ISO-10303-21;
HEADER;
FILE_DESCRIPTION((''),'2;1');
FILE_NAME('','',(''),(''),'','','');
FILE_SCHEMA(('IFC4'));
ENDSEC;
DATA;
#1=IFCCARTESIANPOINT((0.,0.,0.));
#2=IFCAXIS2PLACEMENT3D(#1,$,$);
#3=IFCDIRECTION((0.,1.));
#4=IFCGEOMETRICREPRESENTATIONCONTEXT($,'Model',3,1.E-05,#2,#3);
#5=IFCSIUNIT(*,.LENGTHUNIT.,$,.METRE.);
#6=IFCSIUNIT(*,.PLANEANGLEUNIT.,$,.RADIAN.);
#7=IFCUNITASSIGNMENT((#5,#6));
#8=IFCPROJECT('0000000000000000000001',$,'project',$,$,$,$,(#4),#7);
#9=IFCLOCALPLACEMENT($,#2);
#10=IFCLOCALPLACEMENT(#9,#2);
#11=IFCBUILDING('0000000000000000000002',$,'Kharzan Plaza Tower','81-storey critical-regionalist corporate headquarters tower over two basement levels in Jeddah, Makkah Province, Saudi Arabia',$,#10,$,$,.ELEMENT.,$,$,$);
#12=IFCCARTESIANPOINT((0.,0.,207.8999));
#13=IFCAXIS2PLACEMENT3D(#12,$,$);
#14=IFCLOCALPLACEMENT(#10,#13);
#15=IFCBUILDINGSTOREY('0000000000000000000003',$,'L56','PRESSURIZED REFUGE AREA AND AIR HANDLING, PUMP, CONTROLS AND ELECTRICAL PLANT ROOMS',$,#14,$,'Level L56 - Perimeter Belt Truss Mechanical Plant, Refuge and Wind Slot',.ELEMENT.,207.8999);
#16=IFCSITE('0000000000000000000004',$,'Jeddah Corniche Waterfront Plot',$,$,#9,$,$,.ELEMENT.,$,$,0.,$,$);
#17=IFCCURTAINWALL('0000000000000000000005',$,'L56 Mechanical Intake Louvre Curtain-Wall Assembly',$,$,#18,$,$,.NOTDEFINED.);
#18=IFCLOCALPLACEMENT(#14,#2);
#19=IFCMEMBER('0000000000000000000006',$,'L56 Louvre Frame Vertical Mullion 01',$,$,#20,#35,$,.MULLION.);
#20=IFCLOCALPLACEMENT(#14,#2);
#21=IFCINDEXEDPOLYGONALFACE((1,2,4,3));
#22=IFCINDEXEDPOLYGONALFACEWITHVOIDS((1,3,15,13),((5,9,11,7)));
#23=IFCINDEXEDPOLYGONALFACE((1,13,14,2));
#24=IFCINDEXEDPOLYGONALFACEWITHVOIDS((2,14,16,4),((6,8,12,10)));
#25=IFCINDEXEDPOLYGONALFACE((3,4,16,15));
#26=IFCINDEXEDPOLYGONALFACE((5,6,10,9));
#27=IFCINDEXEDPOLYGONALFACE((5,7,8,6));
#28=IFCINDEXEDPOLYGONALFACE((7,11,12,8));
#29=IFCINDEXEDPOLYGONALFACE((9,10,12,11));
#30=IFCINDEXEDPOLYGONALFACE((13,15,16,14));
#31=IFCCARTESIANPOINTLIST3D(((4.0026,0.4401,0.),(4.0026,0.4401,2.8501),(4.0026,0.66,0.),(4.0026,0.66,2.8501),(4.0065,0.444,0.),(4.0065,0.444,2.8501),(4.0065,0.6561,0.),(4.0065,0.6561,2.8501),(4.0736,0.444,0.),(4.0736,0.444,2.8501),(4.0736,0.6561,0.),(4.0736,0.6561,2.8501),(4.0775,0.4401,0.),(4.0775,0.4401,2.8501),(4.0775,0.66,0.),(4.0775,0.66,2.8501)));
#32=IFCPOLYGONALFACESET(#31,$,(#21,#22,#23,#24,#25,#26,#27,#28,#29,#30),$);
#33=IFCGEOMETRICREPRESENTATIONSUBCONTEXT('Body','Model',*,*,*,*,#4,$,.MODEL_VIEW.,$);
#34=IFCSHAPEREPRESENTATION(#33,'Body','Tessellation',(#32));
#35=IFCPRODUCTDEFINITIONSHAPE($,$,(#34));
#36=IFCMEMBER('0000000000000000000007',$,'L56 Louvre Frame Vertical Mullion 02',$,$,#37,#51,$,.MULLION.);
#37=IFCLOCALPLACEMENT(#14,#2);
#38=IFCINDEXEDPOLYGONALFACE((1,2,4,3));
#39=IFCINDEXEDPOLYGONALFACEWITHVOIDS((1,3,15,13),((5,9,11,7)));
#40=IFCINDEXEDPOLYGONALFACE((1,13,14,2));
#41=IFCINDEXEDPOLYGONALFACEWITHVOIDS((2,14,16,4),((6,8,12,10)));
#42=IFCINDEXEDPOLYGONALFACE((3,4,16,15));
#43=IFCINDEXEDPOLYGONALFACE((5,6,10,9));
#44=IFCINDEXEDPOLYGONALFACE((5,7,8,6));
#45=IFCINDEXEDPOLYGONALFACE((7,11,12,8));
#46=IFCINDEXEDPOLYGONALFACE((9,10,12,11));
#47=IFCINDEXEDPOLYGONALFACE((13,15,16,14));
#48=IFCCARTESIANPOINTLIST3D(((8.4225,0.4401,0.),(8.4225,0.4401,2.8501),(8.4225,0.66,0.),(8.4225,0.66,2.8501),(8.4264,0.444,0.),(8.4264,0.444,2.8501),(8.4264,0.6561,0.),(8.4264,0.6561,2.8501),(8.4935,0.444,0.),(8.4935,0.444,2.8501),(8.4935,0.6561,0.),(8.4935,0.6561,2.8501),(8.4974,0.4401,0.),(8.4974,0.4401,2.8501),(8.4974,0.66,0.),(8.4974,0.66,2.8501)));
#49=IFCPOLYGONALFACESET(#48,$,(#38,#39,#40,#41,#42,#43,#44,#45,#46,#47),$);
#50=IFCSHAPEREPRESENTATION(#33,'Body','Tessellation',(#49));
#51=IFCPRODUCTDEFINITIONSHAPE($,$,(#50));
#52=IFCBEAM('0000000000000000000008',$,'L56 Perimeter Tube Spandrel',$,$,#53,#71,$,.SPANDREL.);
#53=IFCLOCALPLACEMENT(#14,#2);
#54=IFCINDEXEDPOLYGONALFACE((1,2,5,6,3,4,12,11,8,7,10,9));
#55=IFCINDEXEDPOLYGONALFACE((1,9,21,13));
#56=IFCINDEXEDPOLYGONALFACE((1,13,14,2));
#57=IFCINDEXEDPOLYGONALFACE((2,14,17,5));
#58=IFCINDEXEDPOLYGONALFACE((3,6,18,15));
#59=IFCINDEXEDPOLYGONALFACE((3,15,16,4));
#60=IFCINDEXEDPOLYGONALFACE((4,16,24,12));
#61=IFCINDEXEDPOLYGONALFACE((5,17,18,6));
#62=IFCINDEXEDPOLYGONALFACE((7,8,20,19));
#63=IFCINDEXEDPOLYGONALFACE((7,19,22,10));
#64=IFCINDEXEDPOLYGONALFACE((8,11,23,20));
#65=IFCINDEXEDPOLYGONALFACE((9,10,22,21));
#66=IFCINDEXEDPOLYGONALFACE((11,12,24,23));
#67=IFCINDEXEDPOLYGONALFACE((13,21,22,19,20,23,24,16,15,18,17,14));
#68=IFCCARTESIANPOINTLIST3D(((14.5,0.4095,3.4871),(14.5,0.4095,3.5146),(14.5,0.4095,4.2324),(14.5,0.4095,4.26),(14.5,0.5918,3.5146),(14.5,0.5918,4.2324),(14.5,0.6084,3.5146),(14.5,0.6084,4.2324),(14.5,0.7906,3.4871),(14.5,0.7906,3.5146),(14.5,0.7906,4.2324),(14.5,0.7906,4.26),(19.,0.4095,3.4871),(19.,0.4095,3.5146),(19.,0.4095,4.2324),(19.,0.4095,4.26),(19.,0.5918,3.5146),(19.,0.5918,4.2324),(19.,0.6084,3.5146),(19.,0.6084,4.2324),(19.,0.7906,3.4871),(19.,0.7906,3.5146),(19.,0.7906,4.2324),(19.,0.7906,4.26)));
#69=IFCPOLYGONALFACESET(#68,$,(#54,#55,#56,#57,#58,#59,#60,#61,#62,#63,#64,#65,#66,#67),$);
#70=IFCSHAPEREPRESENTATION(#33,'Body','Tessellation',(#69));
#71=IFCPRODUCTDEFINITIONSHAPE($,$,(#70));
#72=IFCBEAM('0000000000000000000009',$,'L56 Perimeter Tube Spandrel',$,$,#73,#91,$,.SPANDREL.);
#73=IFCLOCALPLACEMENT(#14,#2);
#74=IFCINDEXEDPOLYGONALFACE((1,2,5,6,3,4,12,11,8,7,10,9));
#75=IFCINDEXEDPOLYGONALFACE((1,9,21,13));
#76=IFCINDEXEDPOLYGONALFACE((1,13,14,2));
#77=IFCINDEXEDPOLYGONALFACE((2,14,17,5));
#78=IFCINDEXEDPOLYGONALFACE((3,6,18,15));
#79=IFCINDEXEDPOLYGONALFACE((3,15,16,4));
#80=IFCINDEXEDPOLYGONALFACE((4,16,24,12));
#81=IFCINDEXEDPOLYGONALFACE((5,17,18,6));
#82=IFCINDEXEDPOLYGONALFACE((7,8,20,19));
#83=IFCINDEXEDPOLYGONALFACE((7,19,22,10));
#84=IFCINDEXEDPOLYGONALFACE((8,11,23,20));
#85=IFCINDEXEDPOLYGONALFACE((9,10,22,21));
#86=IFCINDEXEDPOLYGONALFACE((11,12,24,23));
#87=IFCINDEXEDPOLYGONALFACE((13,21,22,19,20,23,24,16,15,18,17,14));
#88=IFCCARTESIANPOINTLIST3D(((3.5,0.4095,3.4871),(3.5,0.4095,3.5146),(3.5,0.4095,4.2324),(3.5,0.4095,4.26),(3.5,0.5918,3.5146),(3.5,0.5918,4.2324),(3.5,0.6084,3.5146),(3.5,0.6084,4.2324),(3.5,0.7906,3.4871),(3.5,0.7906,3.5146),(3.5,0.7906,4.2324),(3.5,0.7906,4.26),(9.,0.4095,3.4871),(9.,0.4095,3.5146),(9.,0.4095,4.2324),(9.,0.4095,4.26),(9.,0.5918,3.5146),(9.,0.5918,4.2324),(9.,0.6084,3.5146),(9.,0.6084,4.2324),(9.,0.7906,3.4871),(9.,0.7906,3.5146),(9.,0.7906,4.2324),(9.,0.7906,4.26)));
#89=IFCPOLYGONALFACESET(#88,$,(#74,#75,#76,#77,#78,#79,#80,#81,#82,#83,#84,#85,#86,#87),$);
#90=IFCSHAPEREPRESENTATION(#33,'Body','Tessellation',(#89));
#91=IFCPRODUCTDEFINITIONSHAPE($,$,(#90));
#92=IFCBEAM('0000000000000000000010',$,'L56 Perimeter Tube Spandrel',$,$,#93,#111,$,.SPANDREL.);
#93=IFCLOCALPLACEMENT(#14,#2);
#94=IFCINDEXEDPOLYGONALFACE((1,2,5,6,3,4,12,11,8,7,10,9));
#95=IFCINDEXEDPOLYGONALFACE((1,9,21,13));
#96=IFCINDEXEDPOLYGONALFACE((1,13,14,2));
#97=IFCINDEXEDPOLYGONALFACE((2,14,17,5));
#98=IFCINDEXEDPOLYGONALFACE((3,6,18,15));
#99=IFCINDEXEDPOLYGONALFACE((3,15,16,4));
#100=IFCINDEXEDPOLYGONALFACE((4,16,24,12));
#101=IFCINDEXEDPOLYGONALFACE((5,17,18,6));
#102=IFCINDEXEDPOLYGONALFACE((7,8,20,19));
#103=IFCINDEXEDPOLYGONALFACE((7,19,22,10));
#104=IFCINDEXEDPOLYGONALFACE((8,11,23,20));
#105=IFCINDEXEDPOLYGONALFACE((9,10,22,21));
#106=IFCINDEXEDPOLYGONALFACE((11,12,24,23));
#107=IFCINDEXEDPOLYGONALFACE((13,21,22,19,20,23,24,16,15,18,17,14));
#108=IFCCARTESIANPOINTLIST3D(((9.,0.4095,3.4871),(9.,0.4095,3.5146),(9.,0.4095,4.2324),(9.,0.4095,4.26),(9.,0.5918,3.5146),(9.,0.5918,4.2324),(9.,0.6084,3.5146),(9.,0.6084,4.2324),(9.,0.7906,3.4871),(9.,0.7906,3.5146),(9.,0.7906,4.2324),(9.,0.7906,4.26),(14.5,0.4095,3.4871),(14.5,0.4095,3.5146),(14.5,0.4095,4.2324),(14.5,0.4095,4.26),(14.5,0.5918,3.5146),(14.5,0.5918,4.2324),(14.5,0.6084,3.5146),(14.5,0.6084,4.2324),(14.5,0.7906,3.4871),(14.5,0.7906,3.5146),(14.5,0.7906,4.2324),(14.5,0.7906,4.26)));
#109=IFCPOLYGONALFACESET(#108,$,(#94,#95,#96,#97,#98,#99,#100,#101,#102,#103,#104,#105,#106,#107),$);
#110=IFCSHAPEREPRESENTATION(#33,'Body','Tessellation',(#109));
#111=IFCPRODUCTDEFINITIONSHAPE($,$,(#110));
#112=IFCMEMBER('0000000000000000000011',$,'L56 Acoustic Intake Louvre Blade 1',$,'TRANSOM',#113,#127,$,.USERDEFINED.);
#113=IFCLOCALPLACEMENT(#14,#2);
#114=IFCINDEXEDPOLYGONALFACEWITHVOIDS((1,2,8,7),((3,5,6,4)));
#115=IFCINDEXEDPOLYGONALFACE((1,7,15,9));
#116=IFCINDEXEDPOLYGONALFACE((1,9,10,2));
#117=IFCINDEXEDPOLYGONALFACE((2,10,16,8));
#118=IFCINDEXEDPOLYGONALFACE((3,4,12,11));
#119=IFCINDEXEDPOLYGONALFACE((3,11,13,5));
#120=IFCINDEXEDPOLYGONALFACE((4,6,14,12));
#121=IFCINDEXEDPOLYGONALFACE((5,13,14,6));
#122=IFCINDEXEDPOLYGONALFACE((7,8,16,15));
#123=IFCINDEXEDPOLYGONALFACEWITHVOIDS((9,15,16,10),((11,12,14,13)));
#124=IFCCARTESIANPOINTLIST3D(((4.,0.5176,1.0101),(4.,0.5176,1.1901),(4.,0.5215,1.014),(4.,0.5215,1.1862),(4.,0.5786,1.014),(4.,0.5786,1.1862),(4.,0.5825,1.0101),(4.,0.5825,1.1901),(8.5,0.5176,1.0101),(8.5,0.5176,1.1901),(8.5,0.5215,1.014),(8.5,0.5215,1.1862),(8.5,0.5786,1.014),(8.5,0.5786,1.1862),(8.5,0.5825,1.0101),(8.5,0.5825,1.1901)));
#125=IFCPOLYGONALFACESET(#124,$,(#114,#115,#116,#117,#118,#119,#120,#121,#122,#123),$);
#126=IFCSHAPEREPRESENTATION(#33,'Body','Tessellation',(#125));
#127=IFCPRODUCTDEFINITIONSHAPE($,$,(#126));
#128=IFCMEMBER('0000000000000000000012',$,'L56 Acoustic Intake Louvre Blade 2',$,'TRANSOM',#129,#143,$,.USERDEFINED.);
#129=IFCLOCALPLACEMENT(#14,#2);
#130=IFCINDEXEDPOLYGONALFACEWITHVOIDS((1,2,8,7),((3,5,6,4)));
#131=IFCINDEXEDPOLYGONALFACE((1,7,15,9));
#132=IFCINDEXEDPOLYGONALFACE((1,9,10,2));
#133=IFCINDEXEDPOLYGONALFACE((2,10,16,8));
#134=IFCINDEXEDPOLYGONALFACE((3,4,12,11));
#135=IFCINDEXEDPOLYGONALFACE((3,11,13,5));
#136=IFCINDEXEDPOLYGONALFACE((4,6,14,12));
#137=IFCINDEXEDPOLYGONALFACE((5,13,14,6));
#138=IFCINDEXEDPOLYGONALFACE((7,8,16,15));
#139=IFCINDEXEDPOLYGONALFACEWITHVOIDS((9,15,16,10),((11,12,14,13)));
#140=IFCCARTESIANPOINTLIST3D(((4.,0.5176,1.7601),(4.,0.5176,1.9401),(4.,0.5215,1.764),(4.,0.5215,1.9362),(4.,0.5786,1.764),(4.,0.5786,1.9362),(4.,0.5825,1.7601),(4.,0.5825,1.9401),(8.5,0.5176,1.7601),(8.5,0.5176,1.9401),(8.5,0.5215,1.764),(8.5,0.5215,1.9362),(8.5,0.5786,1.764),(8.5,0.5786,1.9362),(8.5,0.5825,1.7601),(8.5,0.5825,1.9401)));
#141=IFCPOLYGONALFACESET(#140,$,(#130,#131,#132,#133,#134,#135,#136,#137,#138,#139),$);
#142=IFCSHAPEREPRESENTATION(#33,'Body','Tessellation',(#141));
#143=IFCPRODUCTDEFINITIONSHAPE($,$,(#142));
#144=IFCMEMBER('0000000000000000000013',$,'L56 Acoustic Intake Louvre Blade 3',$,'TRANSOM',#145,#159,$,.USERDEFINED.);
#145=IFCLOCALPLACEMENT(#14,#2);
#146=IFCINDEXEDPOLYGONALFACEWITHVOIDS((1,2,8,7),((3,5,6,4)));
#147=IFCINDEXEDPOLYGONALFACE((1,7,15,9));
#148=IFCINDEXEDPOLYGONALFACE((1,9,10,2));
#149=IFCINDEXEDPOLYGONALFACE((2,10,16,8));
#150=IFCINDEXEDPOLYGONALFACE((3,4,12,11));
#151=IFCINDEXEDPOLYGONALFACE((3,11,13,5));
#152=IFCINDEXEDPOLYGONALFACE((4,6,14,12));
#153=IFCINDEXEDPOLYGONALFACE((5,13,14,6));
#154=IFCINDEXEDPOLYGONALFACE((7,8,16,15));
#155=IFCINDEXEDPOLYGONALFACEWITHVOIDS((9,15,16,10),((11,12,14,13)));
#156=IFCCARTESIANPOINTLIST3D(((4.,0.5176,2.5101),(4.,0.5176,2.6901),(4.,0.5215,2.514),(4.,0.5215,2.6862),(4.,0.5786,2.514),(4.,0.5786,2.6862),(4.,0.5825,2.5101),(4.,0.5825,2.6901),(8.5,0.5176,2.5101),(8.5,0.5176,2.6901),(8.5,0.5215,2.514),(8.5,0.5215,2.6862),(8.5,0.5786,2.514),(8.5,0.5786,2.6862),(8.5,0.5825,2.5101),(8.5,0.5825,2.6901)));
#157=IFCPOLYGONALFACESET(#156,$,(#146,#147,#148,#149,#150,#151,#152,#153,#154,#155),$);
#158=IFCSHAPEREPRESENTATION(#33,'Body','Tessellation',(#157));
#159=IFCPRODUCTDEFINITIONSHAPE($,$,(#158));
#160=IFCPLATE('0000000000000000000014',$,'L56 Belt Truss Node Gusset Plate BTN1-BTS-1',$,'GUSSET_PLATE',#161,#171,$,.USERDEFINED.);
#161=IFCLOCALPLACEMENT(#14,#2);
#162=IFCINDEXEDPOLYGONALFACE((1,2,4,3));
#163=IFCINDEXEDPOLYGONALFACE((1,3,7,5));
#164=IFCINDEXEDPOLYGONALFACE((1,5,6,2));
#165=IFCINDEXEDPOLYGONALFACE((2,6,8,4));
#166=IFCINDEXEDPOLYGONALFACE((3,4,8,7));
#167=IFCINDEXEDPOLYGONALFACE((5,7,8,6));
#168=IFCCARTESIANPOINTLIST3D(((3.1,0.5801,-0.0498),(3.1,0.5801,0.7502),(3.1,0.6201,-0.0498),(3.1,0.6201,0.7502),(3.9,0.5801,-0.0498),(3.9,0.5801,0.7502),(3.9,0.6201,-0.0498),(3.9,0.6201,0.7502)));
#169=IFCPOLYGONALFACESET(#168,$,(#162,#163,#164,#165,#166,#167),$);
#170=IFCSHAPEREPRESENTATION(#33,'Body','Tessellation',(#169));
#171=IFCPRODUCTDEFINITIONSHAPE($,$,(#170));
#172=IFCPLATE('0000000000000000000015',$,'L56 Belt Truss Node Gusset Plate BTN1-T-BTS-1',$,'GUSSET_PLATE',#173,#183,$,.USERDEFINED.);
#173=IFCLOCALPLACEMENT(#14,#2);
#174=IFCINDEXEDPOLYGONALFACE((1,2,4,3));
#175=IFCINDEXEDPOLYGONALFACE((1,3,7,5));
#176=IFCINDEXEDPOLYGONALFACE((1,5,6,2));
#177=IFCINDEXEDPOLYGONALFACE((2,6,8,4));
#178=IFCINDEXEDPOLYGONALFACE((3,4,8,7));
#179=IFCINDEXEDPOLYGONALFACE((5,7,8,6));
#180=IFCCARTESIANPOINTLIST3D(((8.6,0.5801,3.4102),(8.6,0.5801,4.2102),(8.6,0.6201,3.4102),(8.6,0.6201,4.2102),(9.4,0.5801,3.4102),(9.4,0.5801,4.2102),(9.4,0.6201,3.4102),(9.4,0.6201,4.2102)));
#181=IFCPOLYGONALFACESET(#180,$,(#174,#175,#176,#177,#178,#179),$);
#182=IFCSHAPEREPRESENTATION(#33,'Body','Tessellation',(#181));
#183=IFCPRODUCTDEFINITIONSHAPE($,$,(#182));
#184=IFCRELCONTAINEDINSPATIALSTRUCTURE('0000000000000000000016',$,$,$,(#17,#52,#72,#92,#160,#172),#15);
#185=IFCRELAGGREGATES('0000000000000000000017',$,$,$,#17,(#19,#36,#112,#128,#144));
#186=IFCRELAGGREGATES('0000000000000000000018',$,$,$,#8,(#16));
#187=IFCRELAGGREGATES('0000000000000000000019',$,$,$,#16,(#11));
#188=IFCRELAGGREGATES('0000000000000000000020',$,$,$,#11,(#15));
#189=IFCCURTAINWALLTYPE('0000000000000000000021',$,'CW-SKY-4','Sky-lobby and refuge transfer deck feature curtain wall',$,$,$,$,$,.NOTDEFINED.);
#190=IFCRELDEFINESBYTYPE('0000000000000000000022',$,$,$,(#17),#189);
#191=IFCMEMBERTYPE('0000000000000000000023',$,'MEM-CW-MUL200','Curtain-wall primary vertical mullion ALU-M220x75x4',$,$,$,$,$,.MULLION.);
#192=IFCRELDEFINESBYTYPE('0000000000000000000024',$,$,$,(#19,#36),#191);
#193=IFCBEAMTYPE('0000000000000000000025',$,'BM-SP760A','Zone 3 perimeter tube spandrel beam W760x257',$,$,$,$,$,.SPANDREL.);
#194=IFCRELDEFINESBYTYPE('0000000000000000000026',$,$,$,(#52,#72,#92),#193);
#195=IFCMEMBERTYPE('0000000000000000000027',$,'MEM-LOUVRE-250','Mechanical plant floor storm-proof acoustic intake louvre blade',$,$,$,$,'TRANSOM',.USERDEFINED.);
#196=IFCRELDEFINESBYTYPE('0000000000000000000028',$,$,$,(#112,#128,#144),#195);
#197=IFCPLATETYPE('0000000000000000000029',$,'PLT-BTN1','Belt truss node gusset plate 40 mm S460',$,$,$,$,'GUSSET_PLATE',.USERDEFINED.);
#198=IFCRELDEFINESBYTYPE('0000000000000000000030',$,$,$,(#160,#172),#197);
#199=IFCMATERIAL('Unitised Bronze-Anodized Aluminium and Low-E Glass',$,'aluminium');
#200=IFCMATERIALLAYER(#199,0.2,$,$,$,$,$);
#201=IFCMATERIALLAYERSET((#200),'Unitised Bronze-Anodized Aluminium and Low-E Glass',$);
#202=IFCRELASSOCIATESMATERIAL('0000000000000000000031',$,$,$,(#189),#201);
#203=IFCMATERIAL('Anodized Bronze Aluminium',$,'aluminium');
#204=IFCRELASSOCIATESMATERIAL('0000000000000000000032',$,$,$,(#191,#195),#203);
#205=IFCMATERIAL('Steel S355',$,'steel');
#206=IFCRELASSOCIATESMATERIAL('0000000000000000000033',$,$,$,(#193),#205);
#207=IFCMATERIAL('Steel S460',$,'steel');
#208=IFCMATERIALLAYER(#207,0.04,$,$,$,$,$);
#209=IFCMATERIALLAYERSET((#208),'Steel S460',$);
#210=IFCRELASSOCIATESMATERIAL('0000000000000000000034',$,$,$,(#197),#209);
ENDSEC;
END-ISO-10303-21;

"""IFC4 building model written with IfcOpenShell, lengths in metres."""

from ifc_helpers import new_model, si_unit, direction, frame, origin, origin_2d, place, context, subcontext, project, spatial, rectangle, hollow_rectangle, i_section, extrude, source, transform, mapped, material, layer, layer_set, material_profile, profile_set, type_object, element, aggregate, save


model = new_model("IFC4")

# Units and contexts
model_context = context("Model", 3, precision=1e-05, world=origin(), true_north=direction((0.0, 1.0)))
body_context = subcontext(model_context, "Body", "Model", "MODEL_VIEW")
ifc_project = project(units=[si_unit("LENGTHUNIT", "METRE"), si_unit("PLANEANGLEUNIT", "RADIAN")], contexts=[model_context])

# Site, building, storey
site_placement = place(None, origin())
site = spatial("IfcSite", under=ifc_project, at=site_placement, Name="Jeddah Corniche Waterfront Plot", CompositionType="ELEMENT", RefElevation=0.0)
building_placement = place(site_placement, origin())
building = spatial("IfcBuilding", under=site, at=building_placement, Name="Kharzan Plaza Tower", Description="81-storey critical-regionalist corporate headquarters tower over two basement levels in Jeddah, Makkah Province, Saudi Arabia", CompositionType="ELEMENT")
storey_placement = place(building_placement, frame((0.0, 0.0, 207.8999)))
storey = spatial("IfcBuildingStorey", under=building, at=storey_placement, Name="L56", Description="PRESSURIZED REFUGE AREA AND AIR HANDLING, PUMP, CONTROLS AND ELECTRICAL PLANT ROOMS", LongName="Level L56 - Perimeter Belt Truss Mechanical Plant, Refuge and Wind Slot", CompositionType="ELEMENT", Elevation=207.8999)

# Shared definitions
ifc_material_1 = material(Name="Steel S355", Category="steel")

# Curtain wall, members
ifc_material_2 = material(Name="Unitised Bronze-Anodized Aluminium and Low-E Glass", Category="aluminium")
ifc_layer_1 = layer(ifc_material_2, 0.2)
ifc_layer_set_1 = layer_set([ifc_layer_1], Name="Unitised Bronze-Anodized Aluminium and Low-E Glass")
curtain_wall_type = type_object("IfcCurtainWallType", Name="CW-SKY-4", Description="Sky-lobby and refuge transfer deck feature curtain wall", PredefinedType="NOTDEFINED", material=ifc_layer_set_1)
curtain_wall_placement = place(storey_placement, origin())
curtain_wall = element("IfcCurtainWall", 1, at=curtain_wall_placement, inside=storey, type_object=curtain_wall_type, Name="L56 Mechanical Intake Louvre Curtain-Wall Assembly", PredefinedType="NOTDEFINED")
ifc_material_3 = material(Name="Anodized Bronze Aluminium", Category="aluminium")
ifc_material_profile_1 = material_profile(ifc_material_3, hollow_rectangle(XDim=0.075, YDim=0.22, WallThickness=0.0039, at=origin_2d()), Name="ALU-M220x75x4")
ifc_profile_set_1 = profile_set([ifc_material_profile_1], Name="Anodized Bronze Aluminium")
member_type_1 = type_object("IfcMemberType", Name="MEM-CW-MUL200", Description="Curtain-wall primary vertical mullion ALU-M220x75x4", PredefinedType="MULLION", material=ifc_profile_set_1)
shared_shape_1 = source(origin(), body_context, "Body", "SweptSolid", [
    extrude(hollow_rectangle(XDim=0.075, YDim=0.22, WallThickness=0.0039, at=origin_2d()), origin(), (0.0, 0.0, 1.0), 2.8501),
])
member_1_placement = place(storey_placement, frame((4.04, 0.55, 0.0), z_axis=(0.0, 0.0, 1.0), x_axis=(1.0, 0.0, 0.0)))
member_1 = element("IfcMember", 2, at=member_1_placement, type_object=member_type_1, Name="L56 Louvre Frame Vertical Mullion 01", PredefinedType="MULLION", context=body_context, shape_type="MappedRepresentation", body=[
    mapped(shared_shape_1, transform((0.0, 0.0, 0.0), x_axis=(1.0, 0.0, 0.0), y_axis=(0.0, 1.0, 0.0), z_axis=(0.0, 0.0, 1.0))),
])
member_2_placement = place(storey_placement, frame((8.46, 0.55, 0.0), z_axis=(0.0, 0.0, 1.0), x_axis=(1.0, 0.0, 0.0)))
member_2 = element("IfcMember", 3, at=member_2_placement, type_object=member_type_1, Name="L56 Louvre Frame Vertical Mullion 02", PredefinedType="MULLION", context=body_context, shape_type="MappedRepresentation", body=[
    mapped(shared_shape_1, transform((0.0, 0.0, 0.0), x_axis=(1.0, 0.0, 0.0), y_axis=(0.0, 1.0, 0.0), z_axis=(0.0, 0.0, 1.0))),
])

# Beams
ifc_material_profile_2 = material_profile(ifc_material_1, i_section(OverallWidth=0.3811, OverallDepth=0.7729, WebThickness=0.0166, FlangeThickness=0.0276, at=origin_2d()), Name="W760x257")
ifc_profile_set_2 = profile_set([ifc_material_profile_2], Name="Steel S355")
beam_type = type_object("IfcBeamType", Name="BM-SP760A", Description="Zone 3 perimeter tube spandrel beam W760x257", PredefinedType="SPANDREL", material=ifc_profile_set_2)
shared_shape_2 = source(origin(), body_context, "Body", "SweptSolid", [
    extrude(i_section(OverallWidth=0.3811, OverallDepth=0.7729, WebThickness=0.0166, FlangeThickness=0.0276, at=origin_2d()), origin(), (0.0, 0.0, 1.0), 4.5),
])
beam_placement = place(storey_placement, frame((14.5, 0.6001, 3.8735), z_axis=(1.0, 0.0, 0.0), x_axis=(0.0, 1.0, 0.0)))
element("IfcBeam", 4, at=beam_placement, inside=storey, type_object=beam_type, Name="L56 Perimeter Tube Spandrel", PredefinedType="SPANDREL", context=body_context, shape_type="MappedRepresentation", body=[
    mapped(shared_shape_2, transform((0.0, 0.0, 0.0), x_axis=(1.0, 0.0, 0.0), y_axis=(0.0, 1.0, 0.0), z_axis=(0.0, 0.0, 1.0))),
])
shared_shape_3 = source(origin(), body_context, "Body", "SweptSolid", [
    extrude(i_section(OverallWidth=0.3811, OverallDepth=0.7729, WebThickness=0.0166, FlangeThickness=0.0276, at=origin_2d()), origin(), (0.0, 0.0, 1.0), 5.5),
])
for number, where, z_axis, x_axis, name in (
    (5, (3.5, 0.6001, 3.8735), (1.0, 0.0, 0.0), (0.0, 1.0, 0.0), "L56 Perimeter Tube Spandrel"),
    (6, (9.0, 0.6001, 3.8735), (1.0, 0.0, 0.0), (0.0, 1.0, 0.0), "L56 Perimeter Tube Spandrel"),
):
    element("IfcBeam", number, at=place(storey_placement, frame(where, z_axis=z_axis, x_axis=x_axis)), inside=storey, type_object=beam_type, Name=name, PredefinedType="SPANDREL", context=body_context, shape_type="MappedRepresentation", body=[
        mapped(shared_shape_3, transform((0.0, 0.0, 0.0), x_axis=(1.0, 0.0, 0.0), y_axis=(0.0, 1.0, 0.0), z_axis=(0.0, 0.0, 1.0))),
    ])

# Members
ifc_material_profile_3 = material_profile(ifc_material_3, hollow_rectangle(XDim=0.0649, YDim=0.1799, WallThickness=0.0039, at=origin_2d()), Name="ALU-M180x65x4")
ifc_profile_set_3 = profile_set([ifc_material_profile_3], Name="Anodized Bronze Aluminium")
member_type_2 = type_object("IfcMemberType", Name="MEM-LOUVRE-250", Description="Mechanical plant floor storm-proof acoustic intake louvre blade", ElementType="TRANSOM", PredefinedType="USERDEFINED", material=ifc_profile_set_3)
shared_shape_4 = source(origin(), body_context, "Body", "SweptSolid", [
    extrude(hollow_rectangle(XDim=0.0649, YDim=0.1799, WallThickness=0.0039, at=origin_2d()), origin(), (0.0, 0.0, 1.0), 4.5),
])
member_3_placement = place(storey_placement, frame((4.0, 0.55, 1.1001), z_axis=(1.0, 0.0, 0.0), x_axis=(0.0, 1.0, 0.0)))
member_3 = element("IfcMember", 7, at=member_3_placement, type_object=member_type_2, Name="L56 Acoustic Intake Louvre Blade 1", ObjectType="TRANSOM", PredefinedType="USERDEFINED", context=body_context, shape_type="MappedRepresentation", body=[
    mapped(shared_shape_4, transform((0.0, 0.0, 0.0), x_axis=(1.0, 0.0, 0.0), y_axis=(0.0, 1.0, 0.0), z_axis=(0.0, 0.0, 1.0))),
])
member_4_placement = place(storey_placement, frame((4.0, 0.55, 1.8501), z_axis=(1.0, 0.0, 0.0), x_axis=(0.0, 1.0, 0.0)))
member_4 = element("IfcMember", 8, at=member_4_placement, type_object=member_type_2, Name="L56 Acoustic Intake Louvre Blade 2", ObjectType="TRANSOM", PredefinedType="USERDEFINED", context=body_context, shape_type="MappedRepresentation", body=[
    mapped(shared_shape_4, transform((0.0, 0.0, 0.0), x_axis=(1.0, 0.0, 0.0), y_axis=(0.0, 1.0, 0.0), z_axis=(0.0, 0.0, 1.0))),
])
member_5_placement = place(storey_placement, frame((4.0, 0.55, 2.6001), z_axis=(1.0, 0.0, 0.0), x_axis=(0.0, 1.0, 0.0)))
member_5 = element("IfcMember", 9, at=member_5_placement, type_object=member_type_2, Name="L56 Acoustic Intake Louvre Blade 3", ObjectType="TRANSOM", PredefinedType="USERDEFINED", context=body_context, shape_type="MappedRepresentation", body=[
    mapped(shared_shape_4, transform((0.0, 0.0, 0.0), x_axis=(1.0, 0.0, 0.0), y_axis=(0.0, 1.0, 0.0), z_axis=(0.0, 0.0, 1.0))),
])
aggregate(curtain_wall, [member_1, member_2, member_3, member_4, member_5])

# Plates
ifc_material_4 = material(Name="Steel S460", Category="steel")
ifc_layer_2 = layer(ifc_material_4, 0.04)
ifc_layer_set_2 = layer_set([ifc_layer_2], Name="Steel S460")
plate_type = type_object("IfcPlateType", Name="PLT-BTN1", Description="Belt truss node gusset plate 40 mm S460", ElementType="GUSSET_PLATE", PredefinedType="USERDEFINED", material=ifc_layer_set_2)
shared_shape_5 = source(origin(), body_context, "Body", "SweptSolid", [
    extrude(rectangle(XDim=0.8, YDim=0.04, at=origin_2d()), origin(), (0.0, 0.0, 1.0), 0.8),
])
for number, where, z_axis, x_axis, name in (
    (10, (3.5, 0.6001, -0.0498), (0.0, 0.0, 1.0), (1.0, 0.0, 0.0), "L56 Belt Truss Node Gusset Plate BTN1-BTS-1"),
    (11, (9.0, 0.6001, 3.4102), (0.0, 0.0, 1.0), (1.0, 0.0, 0.0), "L56 Belt Truss Node Gusset Plate BTN1-T-BTS-1"),
):
    element("IfcPlate", number, at=place(storey_placement, frame(where, z_axis=z_axis, x_axis=x_axis)), inside=storey, type_object=plate_type, Name=name, ObjectType="GUSSET_PLATE", PredefinedType="USERDEFINED", context=body_context, shape_type="MappedRepresentation", body=[
        mapped(shared_shape_5, transform((0.0, 0.0, 0.0), x_axis=(1.0, 0.0, 0.0), y_axis=(0.0, 1.0, 0.0), z_axis=(0.0, 0.0, 1.0))),
    ])

save(model, "model.ifc")
